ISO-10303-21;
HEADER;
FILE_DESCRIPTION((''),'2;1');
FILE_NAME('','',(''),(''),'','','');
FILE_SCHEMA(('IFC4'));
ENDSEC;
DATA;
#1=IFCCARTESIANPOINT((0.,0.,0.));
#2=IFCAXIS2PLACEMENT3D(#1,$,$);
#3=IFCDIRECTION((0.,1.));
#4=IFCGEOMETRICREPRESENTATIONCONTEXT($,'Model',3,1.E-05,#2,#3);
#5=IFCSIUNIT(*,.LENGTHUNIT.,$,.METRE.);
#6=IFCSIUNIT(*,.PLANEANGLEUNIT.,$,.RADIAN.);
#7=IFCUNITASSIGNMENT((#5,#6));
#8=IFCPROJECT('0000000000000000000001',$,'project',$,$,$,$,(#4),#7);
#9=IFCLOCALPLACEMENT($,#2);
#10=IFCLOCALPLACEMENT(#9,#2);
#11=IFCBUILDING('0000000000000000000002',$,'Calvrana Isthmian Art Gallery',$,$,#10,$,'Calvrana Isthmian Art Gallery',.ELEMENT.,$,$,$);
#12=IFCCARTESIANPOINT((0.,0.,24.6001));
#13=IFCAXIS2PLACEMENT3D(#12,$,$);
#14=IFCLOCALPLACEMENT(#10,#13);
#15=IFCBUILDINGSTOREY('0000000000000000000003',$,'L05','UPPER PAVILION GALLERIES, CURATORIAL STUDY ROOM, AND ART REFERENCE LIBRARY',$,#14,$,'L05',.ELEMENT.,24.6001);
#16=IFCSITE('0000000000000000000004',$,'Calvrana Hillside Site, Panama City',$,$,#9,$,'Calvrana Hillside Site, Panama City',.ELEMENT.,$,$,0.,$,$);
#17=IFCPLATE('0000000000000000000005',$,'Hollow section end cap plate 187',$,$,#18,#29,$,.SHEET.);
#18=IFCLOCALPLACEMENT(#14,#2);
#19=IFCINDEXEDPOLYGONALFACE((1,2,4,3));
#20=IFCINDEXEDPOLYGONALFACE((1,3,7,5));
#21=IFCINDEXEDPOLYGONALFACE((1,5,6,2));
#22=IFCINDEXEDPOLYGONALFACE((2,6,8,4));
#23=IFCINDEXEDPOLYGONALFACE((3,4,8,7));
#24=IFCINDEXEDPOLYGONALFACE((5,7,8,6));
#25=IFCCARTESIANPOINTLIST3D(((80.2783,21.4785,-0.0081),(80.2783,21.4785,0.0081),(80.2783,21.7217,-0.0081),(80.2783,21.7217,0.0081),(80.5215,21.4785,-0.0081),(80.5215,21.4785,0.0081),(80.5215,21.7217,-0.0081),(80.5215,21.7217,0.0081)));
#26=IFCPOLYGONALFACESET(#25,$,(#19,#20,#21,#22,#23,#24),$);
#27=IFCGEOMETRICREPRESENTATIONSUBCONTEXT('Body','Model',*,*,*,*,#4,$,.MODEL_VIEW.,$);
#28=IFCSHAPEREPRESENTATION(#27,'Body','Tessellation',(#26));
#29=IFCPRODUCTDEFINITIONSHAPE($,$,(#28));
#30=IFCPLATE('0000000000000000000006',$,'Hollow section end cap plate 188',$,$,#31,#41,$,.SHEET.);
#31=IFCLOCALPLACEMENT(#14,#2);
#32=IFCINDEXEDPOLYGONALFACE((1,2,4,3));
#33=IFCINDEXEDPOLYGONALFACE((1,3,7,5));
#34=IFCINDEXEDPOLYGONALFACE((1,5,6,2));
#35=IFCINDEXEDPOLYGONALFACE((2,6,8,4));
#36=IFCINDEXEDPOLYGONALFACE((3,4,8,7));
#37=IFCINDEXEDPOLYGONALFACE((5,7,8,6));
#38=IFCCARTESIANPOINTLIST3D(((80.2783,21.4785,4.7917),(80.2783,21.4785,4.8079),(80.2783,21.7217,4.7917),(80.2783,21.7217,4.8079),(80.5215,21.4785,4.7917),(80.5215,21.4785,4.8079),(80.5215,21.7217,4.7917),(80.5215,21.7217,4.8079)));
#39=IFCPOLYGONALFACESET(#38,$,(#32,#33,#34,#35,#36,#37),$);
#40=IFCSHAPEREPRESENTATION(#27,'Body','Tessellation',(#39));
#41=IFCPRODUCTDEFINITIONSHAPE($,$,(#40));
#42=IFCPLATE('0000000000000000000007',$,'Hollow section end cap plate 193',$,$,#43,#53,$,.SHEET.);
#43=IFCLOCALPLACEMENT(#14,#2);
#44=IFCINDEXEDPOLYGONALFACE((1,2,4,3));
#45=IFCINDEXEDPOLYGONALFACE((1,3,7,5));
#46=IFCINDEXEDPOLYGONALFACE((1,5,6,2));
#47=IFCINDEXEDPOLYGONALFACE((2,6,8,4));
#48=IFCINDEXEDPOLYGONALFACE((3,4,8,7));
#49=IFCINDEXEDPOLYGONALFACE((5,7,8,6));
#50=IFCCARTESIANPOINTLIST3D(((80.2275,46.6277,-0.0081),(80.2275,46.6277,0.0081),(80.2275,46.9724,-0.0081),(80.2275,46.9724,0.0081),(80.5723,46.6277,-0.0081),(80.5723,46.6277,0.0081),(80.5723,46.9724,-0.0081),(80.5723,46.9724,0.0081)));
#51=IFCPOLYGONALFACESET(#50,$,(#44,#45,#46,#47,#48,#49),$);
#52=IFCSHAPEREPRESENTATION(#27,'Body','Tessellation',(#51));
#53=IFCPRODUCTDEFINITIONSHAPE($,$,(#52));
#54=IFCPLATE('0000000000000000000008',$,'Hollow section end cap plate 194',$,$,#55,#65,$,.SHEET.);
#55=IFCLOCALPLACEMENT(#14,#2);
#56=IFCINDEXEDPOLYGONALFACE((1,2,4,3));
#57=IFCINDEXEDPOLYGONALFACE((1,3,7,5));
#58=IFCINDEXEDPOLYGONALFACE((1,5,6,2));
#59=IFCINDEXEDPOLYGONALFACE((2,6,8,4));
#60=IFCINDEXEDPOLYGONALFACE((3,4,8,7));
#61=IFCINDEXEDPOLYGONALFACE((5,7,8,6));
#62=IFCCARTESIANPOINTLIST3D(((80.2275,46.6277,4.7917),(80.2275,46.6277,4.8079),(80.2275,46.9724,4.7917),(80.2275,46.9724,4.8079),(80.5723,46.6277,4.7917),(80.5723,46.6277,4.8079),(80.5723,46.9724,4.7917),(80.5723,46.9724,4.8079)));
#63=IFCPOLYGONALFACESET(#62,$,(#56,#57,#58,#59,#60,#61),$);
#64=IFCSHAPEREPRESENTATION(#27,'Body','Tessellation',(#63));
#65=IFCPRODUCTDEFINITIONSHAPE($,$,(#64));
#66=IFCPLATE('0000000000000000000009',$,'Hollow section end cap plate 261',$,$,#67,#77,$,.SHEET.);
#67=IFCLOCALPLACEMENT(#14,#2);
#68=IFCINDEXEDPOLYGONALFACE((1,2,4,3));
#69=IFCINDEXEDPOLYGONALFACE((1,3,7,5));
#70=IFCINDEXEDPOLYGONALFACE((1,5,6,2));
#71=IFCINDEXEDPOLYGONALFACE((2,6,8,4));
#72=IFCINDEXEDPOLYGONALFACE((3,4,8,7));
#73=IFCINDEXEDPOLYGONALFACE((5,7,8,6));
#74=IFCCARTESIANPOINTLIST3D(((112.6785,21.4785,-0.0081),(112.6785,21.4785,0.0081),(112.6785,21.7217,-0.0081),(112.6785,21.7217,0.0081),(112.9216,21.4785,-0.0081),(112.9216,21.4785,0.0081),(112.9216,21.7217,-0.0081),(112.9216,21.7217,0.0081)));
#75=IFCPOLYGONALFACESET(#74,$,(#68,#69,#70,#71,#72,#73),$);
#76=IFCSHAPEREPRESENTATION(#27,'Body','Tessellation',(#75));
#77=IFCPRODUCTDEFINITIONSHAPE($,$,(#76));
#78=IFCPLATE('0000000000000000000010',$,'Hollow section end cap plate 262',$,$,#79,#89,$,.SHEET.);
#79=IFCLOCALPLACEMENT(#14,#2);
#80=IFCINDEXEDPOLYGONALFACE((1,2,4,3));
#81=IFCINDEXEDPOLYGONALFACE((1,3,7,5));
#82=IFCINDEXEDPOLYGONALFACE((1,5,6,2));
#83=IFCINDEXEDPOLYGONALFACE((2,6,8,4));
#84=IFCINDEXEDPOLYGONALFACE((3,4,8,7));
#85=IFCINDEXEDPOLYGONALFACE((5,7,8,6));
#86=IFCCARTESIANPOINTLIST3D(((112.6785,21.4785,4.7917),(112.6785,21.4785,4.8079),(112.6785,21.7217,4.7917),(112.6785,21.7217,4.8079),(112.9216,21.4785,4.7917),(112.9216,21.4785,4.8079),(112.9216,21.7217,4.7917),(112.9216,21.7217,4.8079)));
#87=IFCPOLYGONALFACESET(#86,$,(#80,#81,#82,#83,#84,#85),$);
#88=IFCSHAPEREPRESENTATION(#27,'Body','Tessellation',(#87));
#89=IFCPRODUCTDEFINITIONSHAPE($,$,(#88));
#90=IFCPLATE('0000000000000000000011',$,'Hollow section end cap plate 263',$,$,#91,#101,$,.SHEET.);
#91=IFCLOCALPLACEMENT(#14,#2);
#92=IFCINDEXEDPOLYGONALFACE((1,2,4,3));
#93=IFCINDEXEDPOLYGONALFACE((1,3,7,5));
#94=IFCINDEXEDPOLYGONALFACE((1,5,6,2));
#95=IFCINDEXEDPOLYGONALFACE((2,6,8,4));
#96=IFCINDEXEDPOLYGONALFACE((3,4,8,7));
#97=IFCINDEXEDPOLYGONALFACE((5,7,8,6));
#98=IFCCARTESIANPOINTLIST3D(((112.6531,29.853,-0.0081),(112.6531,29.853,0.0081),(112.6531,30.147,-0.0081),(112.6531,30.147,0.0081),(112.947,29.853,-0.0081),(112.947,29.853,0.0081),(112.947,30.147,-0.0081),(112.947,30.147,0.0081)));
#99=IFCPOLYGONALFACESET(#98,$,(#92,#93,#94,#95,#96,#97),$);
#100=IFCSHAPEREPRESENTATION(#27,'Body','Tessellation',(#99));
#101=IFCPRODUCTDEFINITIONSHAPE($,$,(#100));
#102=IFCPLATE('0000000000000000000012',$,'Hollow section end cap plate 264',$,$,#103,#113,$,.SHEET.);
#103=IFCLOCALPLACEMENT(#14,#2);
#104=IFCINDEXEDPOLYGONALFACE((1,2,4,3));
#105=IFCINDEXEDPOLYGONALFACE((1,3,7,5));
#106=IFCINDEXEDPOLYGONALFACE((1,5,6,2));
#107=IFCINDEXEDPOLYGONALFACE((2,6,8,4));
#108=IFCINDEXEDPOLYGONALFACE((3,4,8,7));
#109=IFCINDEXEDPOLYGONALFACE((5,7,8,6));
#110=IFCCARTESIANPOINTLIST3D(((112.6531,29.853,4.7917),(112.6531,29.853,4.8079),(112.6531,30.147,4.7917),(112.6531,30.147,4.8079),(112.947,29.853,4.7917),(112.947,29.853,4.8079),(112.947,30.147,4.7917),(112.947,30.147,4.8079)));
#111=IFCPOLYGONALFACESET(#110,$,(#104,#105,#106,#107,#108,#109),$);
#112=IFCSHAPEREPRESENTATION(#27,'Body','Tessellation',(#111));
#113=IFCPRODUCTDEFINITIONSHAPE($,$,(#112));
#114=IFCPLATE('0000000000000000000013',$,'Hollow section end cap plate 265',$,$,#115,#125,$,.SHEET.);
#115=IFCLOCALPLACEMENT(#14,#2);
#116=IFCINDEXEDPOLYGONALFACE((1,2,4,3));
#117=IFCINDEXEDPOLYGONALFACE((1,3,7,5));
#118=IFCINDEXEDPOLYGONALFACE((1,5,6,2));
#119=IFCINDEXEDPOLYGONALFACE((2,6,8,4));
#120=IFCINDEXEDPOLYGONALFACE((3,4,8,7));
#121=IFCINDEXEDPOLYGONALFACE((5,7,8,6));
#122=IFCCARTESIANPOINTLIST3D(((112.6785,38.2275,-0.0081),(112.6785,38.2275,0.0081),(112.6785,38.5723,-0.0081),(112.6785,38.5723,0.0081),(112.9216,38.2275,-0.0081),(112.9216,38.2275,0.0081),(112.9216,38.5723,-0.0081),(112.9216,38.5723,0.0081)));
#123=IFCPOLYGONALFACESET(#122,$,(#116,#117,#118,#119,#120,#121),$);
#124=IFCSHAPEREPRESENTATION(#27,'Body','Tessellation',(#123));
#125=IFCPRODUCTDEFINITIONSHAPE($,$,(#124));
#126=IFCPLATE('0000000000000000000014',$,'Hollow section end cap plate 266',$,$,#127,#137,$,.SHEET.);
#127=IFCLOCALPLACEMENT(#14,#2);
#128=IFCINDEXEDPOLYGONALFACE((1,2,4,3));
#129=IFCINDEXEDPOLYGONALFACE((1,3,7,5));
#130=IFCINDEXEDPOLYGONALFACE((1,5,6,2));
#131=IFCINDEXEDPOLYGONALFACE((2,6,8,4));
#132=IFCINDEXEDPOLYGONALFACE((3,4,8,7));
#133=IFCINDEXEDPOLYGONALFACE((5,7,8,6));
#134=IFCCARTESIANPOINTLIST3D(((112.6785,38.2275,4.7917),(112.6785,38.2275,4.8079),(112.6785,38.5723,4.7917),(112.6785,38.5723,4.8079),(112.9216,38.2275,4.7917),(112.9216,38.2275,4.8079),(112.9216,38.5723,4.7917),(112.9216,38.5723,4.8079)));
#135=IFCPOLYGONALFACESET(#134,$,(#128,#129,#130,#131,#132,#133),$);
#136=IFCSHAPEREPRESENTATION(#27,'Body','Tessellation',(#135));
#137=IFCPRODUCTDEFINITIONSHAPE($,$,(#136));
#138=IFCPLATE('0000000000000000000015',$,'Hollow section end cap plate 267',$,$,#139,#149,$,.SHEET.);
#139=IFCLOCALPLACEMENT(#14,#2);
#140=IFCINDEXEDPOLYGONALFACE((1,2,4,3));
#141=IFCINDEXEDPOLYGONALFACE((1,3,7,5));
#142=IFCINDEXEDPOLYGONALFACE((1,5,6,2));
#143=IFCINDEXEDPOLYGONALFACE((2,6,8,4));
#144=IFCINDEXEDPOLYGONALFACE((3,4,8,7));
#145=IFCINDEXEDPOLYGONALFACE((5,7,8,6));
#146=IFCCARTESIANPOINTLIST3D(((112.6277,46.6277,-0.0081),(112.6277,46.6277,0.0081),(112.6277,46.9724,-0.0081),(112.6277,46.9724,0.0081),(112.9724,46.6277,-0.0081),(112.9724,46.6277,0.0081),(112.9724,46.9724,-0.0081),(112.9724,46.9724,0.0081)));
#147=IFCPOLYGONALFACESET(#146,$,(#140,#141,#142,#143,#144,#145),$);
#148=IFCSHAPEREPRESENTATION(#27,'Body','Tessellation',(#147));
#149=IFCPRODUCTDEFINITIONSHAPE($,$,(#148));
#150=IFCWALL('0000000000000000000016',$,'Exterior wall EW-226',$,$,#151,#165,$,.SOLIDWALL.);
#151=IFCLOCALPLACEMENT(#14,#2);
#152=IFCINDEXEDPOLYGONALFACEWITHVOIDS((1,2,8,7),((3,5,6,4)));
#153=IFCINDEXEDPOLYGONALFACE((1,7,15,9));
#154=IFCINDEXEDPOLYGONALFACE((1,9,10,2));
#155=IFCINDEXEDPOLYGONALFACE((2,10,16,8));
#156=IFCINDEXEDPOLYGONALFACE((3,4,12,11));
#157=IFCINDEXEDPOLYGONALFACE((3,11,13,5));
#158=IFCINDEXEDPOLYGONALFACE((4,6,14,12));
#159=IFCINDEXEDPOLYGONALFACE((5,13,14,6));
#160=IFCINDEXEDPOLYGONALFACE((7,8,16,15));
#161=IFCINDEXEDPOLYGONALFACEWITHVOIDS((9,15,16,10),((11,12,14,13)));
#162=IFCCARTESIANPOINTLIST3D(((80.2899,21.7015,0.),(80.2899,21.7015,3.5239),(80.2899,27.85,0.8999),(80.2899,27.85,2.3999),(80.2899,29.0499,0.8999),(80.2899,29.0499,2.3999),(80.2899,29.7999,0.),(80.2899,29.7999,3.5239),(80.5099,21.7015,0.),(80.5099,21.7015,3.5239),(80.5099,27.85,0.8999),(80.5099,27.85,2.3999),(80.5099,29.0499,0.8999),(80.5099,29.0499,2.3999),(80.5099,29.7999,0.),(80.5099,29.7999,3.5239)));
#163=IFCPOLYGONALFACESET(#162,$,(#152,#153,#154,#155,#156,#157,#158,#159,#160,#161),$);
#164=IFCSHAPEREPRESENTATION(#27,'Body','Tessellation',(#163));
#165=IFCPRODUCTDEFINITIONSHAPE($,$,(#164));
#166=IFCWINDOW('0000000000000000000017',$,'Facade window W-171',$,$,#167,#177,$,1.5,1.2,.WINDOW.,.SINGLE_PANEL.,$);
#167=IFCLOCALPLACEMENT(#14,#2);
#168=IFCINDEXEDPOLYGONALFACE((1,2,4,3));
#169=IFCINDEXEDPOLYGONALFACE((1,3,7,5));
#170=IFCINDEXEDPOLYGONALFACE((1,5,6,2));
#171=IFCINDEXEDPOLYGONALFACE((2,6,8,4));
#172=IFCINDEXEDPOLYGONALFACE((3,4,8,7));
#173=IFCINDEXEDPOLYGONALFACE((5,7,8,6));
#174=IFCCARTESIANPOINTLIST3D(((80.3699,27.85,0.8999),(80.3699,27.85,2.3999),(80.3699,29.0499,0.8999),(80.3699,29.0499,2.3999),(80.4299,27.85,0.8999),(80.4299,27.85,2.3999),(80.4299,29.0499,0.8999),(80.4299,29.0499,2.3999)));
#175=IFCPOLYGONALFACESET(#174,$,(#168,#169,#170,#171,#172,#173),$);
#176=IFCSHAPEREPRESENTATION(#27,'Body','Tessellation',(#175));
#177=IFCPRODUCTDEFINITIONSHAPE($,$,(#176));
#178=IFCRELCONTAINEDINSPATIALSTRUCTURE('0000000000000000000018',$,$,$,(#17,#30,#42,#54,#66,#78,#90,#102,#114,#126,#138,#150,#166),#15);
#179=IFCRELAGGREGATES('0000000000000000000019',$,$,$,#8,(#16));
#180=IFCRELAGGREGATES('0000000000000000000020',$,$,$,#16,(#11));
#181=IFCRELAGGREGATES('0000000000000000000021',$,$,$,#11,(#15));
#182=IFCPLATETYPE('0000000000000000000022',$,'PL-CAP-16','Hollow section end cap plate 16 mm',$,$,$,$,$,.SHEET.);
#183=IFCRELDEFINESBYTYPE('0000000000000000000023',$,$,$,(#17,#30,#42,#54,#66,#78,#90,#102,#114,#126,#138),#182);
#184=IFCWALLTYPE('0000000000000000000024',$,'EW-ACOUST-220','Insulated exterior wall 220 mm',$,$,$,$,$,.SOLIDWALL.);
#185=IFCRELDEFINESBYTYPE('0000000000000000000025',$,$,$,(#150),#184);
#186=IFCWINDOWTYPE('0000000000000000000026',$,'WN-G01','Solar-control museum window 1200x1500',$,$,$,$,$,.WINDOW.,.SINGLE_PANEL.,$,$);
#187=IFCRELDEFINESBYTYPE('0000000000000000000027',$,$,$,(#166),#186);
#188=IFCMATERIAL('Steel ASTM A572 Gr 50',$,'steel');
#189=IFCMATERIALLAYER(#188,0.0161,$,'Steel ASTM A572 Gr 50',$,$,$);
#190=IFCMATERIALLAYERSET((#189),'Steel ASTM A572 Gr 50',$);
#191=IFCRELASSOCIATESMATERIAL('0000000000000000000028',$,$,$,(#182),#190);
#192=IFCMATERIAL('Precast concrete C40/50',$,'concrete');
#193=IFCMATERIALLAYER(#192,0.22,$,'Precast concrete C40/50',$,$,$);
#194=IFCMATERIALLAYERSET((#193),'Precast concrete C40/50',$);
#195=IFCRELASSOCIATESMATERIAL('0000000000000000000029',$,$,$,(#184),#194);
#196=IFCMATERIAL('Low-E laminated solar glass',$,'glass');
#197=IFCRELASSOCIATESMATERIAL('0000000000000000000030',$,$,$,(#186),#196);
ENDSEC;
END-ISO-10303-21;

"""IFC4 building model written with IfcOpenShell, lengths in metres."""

from ifc_helpers import new_model, si_unit, direction, frame, frame_2d, origin, origin_2d, place, context, subcontext, project, spatial, rectangle, extrude, material, layer, layer_set, type_object, element, fill, save


model = new_model("IFC4")

# Units and contexts
model_context = context("Model", 3, precision=1e-05, world=origin(), true_north=direction((0.0, 1.0)))
body_context = subcontext(model_context, "Body", "Model", "MODEL_VIEW")
ifc_project = project(units=[si_unit("LENGTHUNIT", "METRE"), si_unit("PLANEANGLEUNIT", "RADIAN")], contexts=[model_context])

# Site, building, storey
site_placement = place(None, origin())
site = spatial("IfcSite", under=ifc_project, at=site_placement, Name="Calvrana Hillside Site, Panama City", LongName="Calvrana Hillside Site, Panama City", CompositionType="ELEMENT", RefElevation=0.0)
building_placement = place(site_placement, origin())
building = spatial("IfcBuilding", under=site, at=building_placement, Name="Calvrana Isthmian Art Gallery", LongName="Calvrana Isthmian Art Gallery", CompositionType="ELEMENT")
storey_placement = place(building_placement, frame((0.0, 0.0, 24.6001)))
storey = spatial("IfcBuildingStorey", under=building, at=storey_placement, Name="L05", Description="UPPER PAVILION GALLERIES, CURATORIAL STUDY ROOM, AND ART REFERENCE LIBRARY", LongName="L05", CompositionType="ELEMENT", Elevation=24.6001)

# Plates
ifc_material_1 = material(Name="Steel ASTM A572 Gr 50", Category="steel")
ifc_layer_1 = layer(ifc_material_1, 0.0161, Name="Steel ASTM A572 Gr 50")
ifc_layer_set_1 = layer_set([ifc_layer_1], Name="Steel ASTM A572 Gr 50")
plate_type = type_object("IfcPlateType", Name="PL-CAP-16", Description="Hollow section end cap plate 16 mm", PredefinedType="SHEET", material=ifc_layer_set_1)
for number, where, z_axis, x_axis, name in (
    (1, (80.3999, 21.6001, -0.0081), (0.0, 0.0, 1.0), (1.0, 0.0, 0.0), "Hollow section end cap plate 187"),
    (2, (80.3999, 21.6001, 4.7917), (0.0, 0.0, 1.0), (1.0, 0.0, 0.0), "Hollow section end cap plate 188"),
):
    element("IfcPlate", number, at=place(storey_placement, frame(where, z_axis=z_axis, x_axis=x_axis)), inside=storey, type_object=plate_type, Name=name, PredefinedType="SHEET", context=body_context, shape_type="SweptSolid", body=[
        extrude(rectangle(XDim=0.2432, YDim=0.2432, at=origin_2d()), origin(), (0.0, 0.0, 1.0), 0.0161),
    ])
for number, where, z_axis, x_axis, name in (
    (3, (80.3999, 46.8, -0.0081), (0.0, 0.0, 1.0), (1.0, 0.0, 0.0), "Hollow section end cap plate 193"),
    (4, (80.3999, 46.8, 4.7917), (0.0, 0.0, 1.0), (1.0, 0.0, 0.0), "Hollow section end cap plate 194"),
):
    element("IfcPlate", number, at=place(storey_placement, frame(where, z_axis=z_axis, x_axis=x_axis)), inside=storey, type_object=plate_type, Name=name, PredefinedType="SHEET", context=body_context, shape_type="SweptSolid", body=[
        extrude(rectangle(XDim=0.3447, YDim=0.3447, at=origin_2d()), origin(), (0.0, 0.0, 1.0), 0.0161),
    ])
for number, where, z_axis, x_axis, name in (
    (5, (112.8, 21.6001, -0.0081), (0.0, 0.0, 1.0), (1.0, 0.0, 0.0), "Hollow section end cap plate 261"),
    (6, (112.8, 21.6001, 4.7917), (0.0, 0.0, 1.0), (1.0, 0.0, 0.0), "Hollow section end cap plate 262"),
):
    element("IfcPlate", number, at=place(storey_placement, frame(where, z_axis=z_axis, x_axis=x_axis)), inside=storey, type_object=plate_type, Name=name, PredefinedType="SHEET", context=body_context, shape_type="SweptSolid", body=[
        extrude(rectangle(XDim=0.2432, YDim=0.2432, at=origin_2d()), origin(), (0.0, 0.0, 1.0), 0.0161),
    ])
for number, where, z_axis, x_axis, name in (
    (7, (112.8, 30.0, -0.0081), (0.0, 0.0, 1.0), (1.0, 0.0, 0.0), "Hollow section end cap plate 263"),
    (8, (112.8, 30.0, 4.7917), (0.0, 0.0, 1.0), (1.0, 0.0, 0.0), "Hollow section end cap plate 264"),
):
    element("IfcPlate", number, at=place(storey_placement, frame(where, z_axis=z_axis, x_axis=x_axis)), inside=storey, type_object=plate_type, Name=name, PredefinedType="SHEET", context=body_context, shape_type="SweptSolid", body=[
        extrude(rectangle(XDim=0.2939, YDim=0.2939, at=origin_2d()), origin(), (0.0, 0.0, 1.0), 0.0161),
    ])
for number, where, z_axis, x_axis, name in (
    (9, (112.8, 38.3999, -0.0081), (0.0, 0.0, 1.0), (1.0, 0.0, 0.0), "Hollow section end cap plate 265"),
    (10, (112.8, 38.3999, 4.7917), (0.0, 0.0, 1.0), (1.0, 0.0, 0.0), "Hollow section end cap plate 266"),
):
    element("IfcPlate", number, at=place(storey_placement, frame(where, z_axis=z_axis, x_axis=x_axis)), inside=storey, type_object=plate_type, Name=name, PredefinedType="SHEET", context=body_context, shape_type="SweptSolid", body=[
        extrude(rectangle(XDim=0.2432, YDim=0.3447, at=origin_2d()), origin(), (0.0, 0.0, 1.0), 0.0161),
    ])
plate_placement = place(storey_placement, frame((112.8, 46.8, -0.0081), z_axis=(0.0, 0.0, 1.0), x_axis=(1.0, 0.0, 0.0)))
element("IfcPlate", 11, at=plate_placement, inside=storey, type_object=plate_type, Name="Hollow section end cap plate 267", PredefinedType="SHEET", context=body_context, shape_type="SweptSolid", body=[
    extrude(rectangle(XDim=0.3447, YDim=0.3447, at=origin_2d()), origin(), (0.0, 0.0, 1.0), 0.0161),
])

# Wall, opening, window
ifc_material_2 = material(Name="Precast concrete C40/50", Category="concrete")
ifc_layer_2 = layer(ifc_material_2, 0.22, Name="Precast concrete C40/50")
ifc_layer_set_2 = layer_set([ifc_layer_2], Name="Precast concrete C40/50")
wall_type_1 = type_object("IfcWallType", Name="EW-ACOUST-220", Description="Insulated exterior wall 220 mm", PredefinedType="SOLIDWALL", material=ifc_layer_set_2)
wall_1_placement = place(storey_placement, frame((80.3999, 29.8, 0.0), z_axis=(0.0, 0.0, 1.0), x_axis=(0.0, -1.0, 0.0)))
wall_1 = element("IfcWall", 12, at=wall_1_placement, inside=storey, type_object=wall_type_1, Name="Exterior wall EW-226", PredefinedType="SOLIDWALL", context=body_context, shape_type="SweptSolid", body=[
    extrude(rectangle(XDim=8.0984, YDim=0.22, at=frame_2d((4.0493, 0.0))), origin(), (0.0, 0.0, 1.0), 3.5239),
])
opening_1_placement = place(wall_1_placement, frame((0.75, 0.0, 0.8999)))
opening_1 = element("IfcOpeningElement", 13, at=opening_1_placement, cuts=wall_1, PredefinedType="OPENING", context=body_context, shape_type="SweptSolid", body=[
    extrude(rectangle(XDim=1.2, YDim=1.5, at=frame_2d((0.6001, 0.75))), frame((0.0, 0.1201, 0.0), z_axis=(0.0, -1.0, 0.0), x_axis=(1.0, 0.0, 0.0)), (0.0, 0.0, 1.0), 0.2405),
])
ifc_material_3 = material(Name="Low-E laminated solar glass", Category="glass")
window_type_1 = type_object("IfcWindowType", Name="WN-G01", Description="Solar-control museum window 1200x1500", PartitioningType="SINGLE_PANEL", PredefinedType="WINDOW", material=ifc_material_3)
window_1_placement = place(opening_1_placement, origin())
window_1 = element("IfcWindow", 14, at=window_1_placement, inside=storey, type_object=window_type_1, Name="Facade window W-171", OverallHeight=1.5, OverallWidth=1.2, PartitioningType="SINGLE_PANEL", PredefinedType="WINDOW", context=body_context, shape_type="SweptSolid", body=[
    extrude(rectangle(XDim=1.2, YDim=1.5, at=frame_2d((0.6001, 0.75))), frame((0.0, 0.03, 0.0), z_axis=(0.0, -1.0, 0.0), x_axis=(1.0, 0.0, 0.0)), (0.0, 0.0, 1.0), 0.0601),
])
fill(opening_1, window_1)

save(model, "model.ifc")
